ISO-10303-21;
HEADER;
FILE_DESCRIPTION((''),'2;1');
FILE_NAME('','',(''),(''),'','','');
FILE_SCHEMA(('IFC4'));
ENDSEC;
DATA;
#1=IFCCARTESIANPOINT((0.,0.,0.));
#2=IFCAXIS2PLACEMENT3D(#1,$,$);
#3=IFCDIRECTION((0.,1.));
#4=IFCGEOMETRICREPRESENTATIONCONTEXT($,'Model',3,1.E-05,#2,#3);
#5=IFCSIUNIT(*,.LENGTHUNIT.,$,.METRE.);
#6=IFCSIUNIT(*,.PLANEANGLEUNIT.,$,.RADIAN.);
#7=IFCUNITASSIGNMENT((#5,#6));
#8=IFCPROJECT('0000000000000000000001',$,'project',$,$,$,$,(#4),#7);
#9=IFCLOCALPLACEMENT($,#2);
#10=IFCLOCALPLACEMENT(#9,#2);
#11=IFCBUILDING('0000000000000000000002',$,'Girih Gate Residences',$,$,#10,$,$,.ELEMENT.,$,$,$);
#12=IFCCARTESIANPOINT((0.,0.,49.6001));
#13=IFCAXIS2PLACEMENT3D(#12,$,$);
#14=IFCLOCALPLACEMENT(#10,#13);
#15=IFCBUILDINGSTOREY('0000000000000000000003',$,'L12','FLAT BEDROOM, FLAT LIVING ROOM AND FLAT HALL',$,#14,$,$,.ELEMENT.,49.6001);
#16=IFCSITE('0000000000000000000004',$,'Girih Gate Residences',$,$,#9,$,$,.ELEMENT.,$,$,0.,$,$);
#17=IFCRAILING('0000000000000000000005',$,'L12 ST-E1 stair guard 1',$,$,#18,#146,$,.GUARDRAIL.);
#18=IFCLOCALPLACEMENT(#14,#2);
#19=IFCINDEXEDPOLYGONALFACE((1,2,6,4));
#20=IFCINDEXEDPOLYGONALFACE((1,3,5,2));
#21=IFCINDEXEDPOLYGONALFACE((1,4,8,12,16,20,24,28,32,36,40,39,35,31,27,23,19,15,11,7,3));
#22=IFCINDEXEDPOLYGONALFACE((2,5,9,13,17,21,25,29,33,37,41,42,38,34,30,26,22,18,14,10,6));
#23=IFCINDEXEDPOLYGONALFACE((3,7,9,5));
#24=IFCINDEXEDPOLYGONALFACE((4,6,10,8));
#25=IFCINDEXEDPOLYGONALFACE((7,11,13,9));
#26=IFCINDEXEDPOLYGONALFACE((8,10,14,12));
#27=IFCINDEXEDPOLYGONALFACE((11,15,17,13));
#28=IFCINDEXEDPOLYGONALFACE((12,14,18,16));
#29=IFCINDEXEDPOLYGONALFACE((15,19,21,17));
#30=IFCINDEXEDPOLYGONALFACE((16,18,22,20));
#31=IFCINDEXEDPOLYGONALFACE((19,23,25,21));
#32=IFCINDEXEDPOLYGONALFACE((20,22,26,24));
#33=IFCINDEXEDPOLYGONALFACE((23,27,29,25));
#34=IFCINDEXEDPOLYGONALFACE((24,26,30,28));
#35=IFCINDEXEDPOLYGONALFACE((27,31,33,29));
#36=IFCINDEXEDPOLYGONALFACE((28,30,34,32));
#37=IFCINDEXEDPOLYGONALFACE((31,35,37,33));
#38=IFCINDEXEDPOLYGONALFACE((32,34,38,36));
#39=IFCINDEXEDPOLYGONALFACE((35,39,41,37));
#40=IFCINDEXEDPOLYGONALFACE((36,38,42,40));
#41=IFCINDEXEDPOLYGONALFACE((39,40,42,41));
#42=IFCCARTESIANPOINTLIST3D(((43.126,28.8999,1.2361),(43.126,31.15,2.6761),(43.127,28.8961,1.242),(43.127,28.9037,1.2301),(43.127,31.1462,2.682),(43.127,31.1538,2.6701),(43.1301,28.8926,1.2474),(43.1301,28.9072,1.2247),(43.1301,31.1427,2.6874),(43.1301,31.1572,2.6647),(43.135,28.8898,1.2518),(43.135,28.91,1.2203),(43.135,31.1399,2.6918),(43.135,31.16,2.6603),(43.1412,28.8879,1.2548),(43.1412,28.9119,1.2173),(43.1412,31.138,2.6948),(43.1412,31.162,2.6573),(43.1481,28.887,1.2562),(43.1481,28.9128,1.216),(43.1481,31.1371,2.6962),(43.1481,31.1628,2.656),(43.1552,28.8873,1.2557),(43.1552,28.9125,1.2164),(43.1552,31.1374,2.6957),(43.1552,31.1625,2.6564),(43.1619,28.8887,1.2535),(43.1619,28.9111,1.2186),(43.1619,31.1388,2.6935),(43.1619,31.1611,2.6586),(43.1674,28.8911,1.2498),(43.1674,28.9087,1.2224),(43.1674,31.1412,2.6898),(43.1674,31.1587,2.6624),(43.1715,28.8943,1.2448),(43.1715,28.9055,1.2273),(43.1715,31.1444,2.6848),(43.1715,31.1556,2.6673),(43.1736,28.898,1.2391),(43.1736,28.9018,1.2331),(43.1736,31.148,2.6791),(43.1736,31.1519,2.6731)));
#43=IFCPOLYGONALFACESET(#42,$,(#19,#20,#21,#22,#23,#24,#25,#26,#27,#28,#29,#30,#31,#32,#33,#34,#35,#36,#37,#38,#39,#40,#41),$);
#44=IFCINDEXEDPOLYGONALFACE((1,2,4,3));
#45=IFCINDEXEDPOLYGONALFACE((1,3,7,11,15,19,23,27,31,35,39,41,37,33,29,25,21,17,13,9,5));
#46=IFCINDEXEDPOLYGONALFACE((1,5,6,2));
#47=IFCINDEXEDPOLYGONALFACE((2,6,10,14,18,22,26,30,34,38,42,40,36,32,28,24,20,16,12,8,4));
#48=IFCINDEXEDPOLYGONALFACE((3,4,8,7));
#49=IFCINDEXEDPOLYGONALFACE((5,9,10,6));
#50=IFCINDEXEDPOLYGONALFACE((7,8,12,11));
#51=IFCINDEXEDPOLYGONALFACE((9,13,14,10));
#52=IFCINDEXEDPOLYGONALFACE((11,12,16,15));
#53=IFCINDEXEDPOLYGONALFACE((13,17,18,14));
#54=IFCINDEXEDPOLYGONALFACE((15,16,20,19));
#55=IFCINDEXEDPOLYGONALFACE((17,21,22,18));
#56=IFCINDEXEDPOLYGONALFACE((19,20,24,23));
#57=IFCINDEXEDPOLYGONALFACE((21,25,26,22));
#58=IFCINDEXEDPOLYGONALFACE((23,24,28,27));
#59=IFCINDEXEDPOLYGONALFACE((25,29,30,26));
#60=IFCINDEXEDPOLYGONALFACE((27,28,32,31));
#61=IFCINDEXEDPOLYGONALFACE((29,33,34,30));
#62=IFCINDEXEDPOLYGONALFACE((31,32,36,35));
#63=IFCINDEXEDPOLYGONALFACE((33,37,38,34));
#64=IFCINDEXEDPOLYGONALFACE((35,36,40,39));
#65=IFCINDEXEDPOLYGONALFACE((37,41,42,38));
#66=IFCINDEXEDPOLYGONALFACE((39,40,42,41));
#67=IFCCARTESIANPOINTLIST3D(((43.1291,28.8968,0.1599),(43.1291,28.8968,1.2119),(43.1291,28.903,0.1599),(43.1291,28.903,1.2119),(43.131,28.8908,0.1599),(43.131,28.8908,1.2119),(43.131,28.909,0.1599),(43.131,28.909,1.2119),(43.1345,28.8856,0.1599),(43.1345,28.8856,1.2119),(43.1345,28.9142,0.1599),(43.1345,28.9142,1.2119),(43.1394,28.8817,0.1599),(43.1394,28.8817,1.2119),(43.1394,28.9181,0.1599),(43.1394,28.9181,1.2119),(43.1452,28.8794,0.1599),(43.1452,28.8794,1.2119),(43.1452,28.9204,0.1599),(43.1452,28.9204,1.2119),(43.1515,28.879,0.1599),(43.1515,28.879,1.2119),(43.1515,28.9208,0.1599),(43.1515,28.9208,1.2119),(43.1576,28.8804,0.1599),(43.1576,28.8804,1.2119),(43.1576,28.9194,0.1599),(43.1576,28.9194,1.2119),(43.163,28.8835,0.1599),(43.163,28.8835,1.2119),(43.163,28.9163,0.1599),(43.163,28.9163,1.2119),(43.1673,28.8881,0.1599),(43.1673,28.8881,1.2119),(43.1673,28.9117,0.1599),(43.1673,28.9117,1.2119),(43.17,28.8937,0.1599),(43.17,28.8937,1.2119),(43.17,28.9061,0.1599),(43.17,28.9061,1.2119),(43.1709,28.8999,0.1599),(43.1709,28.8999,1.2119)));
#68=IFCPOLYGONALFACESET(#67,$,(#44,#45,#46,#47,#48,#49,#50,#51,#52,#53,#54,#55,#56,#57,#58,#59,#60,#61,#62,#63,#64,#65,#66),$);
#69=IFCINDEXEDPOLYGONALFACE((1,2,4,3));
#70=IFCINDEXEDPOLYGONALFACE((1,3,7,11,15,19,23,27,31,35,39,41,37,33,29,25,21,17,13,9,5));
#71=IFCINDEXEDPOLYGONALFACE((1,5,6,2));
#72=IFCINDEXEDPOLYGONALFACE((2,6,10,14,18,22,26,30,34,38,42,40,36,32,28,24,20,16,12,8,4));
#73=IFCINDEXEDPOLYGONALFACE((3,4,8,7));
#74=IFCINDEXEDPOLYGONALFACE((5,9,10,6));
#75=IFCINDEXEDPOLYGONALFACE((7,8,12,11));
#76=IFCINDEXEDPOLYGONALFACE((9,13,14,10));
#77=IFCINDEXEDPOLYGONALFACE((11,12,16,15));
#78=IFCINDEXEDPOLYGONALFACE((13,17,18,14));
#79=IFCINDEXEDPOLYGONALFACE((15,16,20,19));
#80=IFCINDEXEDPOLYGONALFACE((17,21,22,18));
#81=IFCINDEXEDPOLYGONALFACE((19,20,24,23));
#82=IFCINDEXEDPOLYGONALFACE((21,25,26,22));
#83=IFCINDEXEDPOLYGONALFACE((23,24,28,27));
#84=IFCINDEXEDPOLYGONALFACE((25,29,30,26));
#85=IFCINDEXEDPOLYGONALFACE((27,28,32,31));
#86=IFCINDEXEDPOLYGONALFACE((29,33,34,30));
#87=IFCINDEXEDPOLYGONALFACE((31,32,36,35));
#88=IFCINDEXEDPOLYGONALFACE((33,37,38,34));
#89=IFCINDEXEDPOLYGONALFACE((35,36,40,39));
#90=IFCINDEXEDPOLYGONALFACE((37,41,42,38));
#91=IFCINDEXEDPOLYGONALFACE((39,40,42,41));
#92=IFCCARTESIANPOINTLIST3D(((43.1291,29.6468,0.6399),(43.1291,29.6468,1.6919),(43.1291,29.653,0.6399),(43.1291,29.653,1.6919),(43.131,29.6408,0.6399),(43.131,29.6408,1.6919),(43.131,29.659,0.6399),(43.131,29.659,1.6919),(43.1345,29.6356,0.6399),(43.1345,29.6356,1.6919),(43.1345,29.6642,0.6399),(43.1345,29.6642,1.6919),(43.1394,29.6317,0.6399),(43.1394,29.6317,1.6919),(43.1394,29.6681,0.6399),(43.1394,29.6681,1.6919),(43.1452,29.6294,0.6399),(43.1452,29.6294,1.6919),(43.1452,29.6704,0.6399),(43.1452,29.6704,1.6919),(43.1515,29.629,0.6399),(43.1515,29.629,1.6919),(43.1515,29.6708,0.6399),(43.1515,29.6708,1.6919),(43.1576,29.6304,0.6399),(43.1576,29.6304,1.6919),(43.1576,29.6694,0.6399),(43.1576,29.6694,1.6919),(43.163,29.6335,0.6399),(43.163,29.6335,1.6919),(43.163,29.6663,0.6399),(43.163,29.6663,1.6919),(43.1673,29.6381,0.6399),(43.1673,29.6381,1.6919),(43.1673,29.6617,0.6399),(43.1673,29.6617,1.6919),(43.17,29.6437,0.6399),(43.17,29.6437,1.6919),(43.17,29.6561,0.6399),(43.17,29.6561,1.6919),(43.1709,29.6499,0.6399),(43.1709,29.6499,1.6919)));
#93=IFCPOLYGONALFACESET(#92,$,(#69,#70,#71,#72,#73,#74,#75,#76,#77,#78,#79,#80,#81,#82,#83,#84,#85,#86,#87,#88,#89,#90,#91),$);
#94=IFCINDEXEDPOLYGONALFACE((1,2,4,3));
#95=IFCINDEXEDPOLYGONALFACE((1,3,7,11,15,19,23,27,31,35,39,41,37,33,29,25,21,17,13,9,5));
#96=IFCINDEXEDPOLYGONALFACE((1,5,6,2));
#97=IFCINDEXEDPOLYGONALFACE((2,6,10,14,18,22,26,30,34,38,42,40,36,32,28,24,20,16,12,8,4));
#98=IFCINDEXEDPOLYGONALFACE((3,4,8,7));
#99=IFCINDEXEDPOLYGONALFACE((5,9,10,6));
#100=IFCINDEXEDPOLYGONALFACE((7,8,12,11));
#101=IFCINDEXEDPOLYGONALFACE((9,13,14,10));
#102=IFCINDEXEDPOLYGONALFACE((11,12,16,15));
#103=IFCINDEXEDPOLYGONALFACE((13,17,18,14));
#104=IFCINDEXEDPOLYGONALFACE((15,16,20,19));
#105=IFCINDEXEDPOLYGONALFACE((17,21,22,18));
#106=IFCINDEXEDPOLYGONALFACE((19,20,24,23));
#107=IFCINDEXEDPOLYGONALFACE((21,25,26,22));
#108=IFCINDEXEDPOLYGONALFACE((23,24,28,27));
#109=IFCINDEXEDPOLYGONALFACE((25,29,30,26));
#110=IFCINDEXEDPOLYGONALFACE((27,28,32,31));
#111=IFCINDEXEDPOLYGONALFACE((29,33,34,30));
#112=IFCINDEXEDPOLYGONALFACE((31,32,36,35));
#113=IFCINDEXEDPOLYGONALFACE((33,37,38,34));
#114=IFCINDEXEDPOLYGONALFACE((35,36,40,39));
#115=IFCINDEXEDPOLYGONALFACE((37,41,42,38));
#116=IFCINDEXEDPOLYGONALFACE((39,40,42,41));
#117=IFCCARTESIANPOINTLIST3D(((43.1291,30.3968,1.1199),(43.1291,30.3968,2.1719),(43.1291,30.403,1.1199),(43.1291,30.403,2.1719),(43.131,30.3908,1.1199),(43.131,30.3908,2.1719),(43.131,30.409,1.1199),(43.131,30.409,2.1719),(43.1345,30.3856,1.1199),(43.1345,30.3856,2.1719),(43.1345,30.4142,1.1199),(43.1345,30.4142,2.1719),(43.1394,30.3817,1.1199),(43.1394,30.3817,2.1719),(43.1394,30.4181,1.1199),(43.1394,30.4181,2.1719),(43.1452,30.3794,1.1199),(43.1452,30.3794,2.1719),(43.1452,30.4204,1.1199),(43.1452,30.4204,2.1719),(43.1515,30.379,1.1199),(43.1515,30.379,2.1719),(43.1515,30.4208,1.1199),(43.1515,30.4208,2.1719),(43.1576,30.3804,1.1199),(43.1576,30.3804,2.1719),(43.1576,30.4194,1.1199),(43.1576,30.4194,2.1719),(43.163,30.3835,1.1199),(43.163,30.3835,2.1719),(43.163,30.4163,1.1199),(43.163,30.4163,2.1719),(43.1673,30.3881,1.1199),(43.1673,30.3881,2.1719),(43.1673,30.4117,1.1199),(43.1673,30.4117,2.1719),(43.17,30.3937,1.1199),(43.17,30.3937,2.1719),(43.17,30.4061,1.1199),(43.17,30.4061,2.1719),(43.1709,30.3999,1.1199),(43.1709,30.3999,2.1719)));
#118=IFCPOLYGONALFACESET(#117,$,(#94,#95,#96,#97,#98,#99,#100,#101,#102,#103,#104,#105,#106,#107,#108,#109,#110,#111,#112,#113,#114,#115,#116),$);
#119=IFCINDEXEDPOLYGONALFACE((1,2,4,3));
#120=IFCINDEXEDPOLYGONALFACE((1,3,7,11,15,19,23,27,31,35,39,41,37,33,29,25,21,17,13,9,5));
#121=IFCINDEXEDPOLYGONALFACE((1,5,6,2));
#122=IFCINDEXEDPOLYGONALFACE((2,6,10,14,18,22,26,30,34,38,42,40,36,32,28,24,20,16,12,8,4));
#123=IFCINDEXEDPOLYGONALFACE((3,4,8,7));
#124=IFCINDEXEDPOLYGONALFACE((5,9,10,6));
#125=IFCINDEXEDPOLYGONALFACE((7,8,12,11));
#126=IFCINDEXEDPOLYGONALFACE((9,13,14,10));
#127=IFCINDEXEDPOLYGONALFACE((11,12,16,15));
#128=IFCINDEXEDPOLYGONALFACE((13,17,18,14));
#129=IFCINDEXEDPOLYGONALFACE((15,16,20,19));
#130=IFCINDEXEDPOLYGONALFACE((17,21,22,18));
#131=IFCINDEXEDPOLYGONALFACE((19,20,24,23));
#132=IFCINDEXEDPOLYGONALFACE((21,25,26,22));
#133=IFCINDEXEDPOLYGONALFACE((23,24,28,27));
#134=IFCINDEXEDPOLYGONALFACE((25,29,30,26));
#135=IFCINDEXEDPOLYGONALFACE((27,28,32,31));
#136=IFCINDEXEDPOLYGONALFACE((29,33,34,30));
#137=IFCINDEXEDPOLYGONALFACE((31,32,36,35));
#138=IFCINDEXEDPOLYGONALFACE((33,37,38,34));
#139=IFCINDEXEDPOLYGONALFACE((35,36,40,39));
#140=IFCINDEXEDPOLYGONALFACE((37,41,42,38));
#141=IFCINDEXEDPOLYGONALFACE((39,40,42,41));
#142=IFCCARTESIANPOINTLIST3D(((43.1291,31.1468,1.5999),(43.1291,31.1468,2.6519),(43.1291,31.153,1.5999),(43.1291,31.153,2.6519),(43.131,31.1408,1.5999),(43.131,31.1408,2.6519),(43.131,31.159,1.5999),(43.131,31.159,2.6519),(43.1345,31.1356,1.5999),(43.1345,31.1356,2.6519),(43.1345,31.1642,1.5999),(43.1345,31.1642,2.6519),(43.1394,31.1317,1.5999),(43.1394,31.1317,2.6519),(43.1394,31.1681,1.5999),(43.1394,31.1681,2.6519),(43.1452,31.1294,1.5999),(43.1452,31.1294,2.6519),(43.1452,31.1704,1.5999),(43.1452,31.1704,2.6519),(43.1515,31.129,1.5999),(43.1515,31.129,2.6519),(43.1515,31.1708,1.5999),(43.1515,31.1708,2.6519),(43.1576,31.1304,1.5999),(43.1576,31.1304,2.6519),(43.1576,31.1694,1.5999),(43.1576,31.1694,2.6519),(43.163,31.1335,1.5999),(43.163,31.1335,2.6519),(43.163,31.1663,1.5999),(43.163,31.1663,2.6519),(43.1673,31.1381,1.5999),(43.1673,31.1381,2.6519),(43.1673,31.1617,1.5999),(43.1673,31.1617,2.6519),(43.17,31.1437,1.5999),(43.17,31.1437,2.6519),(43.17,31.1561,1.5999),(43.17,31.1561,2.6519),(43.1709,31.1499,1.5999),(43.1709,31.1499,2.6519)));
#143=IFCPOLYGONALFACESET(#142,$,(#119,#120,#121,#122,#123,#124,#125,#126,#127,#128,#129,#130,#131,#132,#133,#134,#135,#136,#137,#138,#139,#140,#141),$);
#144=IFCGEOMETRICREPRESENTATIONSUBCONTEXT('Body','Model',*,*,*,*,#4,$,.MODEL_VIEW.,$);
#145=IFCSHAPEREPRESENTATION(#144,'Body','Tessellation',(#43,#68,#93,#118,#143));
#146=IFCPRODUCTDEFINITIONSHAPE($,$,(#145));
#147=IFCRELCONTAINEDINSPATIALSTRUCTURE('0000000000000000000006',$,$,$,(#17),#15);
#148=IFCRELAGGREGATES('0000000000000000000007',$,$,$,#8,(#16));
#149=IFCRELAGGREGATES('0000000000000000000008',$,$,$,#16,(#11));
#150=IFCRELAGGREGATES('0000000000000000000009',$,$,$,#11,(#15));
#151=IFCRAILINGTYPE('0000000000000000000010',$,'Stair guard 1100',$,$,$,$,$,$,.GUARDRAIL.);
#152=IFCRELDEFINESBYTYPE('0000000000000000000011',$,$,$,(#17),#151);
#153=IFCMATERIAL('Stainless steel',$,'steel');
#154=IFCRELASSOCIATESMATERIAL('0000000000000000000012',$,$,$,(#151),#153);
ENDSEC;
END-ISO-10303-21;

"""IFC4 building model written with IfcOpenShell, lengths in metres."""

from ifc_helpers import new_model, si_unit, direction, frame, origin, origin_2d, place, context, subcontext, project, spatial, circle, extrude, material, type_object, element, save


model = new_model("IFC4")

# Units and contexts
model_context = context("Model", 3, precision=1e-05, world=origin(), true_north=direction((0.0, 1.0)))
body_context = subcontext(model_context, "Body", "Model", "MODEL_VIEW")
ifc_project = project(units=[si_unit("LENGTHUNIT", "METRE"), si_unit("PLANEANGLEUNIT", "RADIAN")], contexts=[model_context])

# Site, building, storey
site_placement = place(None, origin())
site = spatial("IfcSite", under=ifc_project, at=site_placement, Name="Girih Gate Residences", CompositionType="ELEMENT", RefElevation=0.0)
building_placement = place(site_placement, origin())
building = spatial("IfcBuilding", under=site, at=building_placement, Name="Girih Gate Residences", CompositionType="ELEMENT")
storey_placement = place(building_placement, frame((0.0, 0.0, 49.6001)))
storey = spatial("IfcBuildingStorey", under=building, at=storey_placement, Name="L12", Description="FLAT BEDROOM, FLAT LIVING ROOM AND FLAT HALL", CompositionType="ELEMENT", Elevation=49.6001)

# Railing
ifc_material_1 = material(Name="Stainless steel", Category="steel")
railing_type_1 = type_object("IfcRailingType", Name="Stair guard 1100", PredefinedType="GUARDRAIL", material=ifc_material_1)
railing_1_placement = place(storey_placement, frame((43.1499, 28.8999, 0.1599)))
element("IfcRailing", 1, at=railing_1_placement, inside=storey, type_object=railing_type_1, Name="L12 ST-E1 stair guard 1", PredefinedType="GUARDRAIL", context=body_context, shape_type="SweptSolid", body=[
    extrude(circle(Radius=0.0239, at=origin_2d()), frame((0.0, 0.0, 1.0762), z_axis=(0.0, 0.842281, 0.539038), x_axis=(-1.0, 0.0, 0.0)), (0.0, 0.0, 1.0), 2.6714),
    extrude(circle(Radius=0.021, at=origin_2d()), origin(), (0.0, 0.0, 1.0), 1.052),
    extrude(circle(Radius=0.021, at=origin_2d()), frame((0.0, 0.75, 0.48)), (0.0, 0.0, 1.0), 1.052),
    extrude(circle(Radius=0.021, at=origin_2d()), frame((0.0, 1.5, 0.96)), (0.0, 0.0, 1.0), 1.052),
    extrude(circle(Radius=0.021, at=origin_2d()), frame((0.0, 2.25, 1.4399)), (0.0, 0.0, 1.0), 1.052),
])

save(model, "model.ifc")
